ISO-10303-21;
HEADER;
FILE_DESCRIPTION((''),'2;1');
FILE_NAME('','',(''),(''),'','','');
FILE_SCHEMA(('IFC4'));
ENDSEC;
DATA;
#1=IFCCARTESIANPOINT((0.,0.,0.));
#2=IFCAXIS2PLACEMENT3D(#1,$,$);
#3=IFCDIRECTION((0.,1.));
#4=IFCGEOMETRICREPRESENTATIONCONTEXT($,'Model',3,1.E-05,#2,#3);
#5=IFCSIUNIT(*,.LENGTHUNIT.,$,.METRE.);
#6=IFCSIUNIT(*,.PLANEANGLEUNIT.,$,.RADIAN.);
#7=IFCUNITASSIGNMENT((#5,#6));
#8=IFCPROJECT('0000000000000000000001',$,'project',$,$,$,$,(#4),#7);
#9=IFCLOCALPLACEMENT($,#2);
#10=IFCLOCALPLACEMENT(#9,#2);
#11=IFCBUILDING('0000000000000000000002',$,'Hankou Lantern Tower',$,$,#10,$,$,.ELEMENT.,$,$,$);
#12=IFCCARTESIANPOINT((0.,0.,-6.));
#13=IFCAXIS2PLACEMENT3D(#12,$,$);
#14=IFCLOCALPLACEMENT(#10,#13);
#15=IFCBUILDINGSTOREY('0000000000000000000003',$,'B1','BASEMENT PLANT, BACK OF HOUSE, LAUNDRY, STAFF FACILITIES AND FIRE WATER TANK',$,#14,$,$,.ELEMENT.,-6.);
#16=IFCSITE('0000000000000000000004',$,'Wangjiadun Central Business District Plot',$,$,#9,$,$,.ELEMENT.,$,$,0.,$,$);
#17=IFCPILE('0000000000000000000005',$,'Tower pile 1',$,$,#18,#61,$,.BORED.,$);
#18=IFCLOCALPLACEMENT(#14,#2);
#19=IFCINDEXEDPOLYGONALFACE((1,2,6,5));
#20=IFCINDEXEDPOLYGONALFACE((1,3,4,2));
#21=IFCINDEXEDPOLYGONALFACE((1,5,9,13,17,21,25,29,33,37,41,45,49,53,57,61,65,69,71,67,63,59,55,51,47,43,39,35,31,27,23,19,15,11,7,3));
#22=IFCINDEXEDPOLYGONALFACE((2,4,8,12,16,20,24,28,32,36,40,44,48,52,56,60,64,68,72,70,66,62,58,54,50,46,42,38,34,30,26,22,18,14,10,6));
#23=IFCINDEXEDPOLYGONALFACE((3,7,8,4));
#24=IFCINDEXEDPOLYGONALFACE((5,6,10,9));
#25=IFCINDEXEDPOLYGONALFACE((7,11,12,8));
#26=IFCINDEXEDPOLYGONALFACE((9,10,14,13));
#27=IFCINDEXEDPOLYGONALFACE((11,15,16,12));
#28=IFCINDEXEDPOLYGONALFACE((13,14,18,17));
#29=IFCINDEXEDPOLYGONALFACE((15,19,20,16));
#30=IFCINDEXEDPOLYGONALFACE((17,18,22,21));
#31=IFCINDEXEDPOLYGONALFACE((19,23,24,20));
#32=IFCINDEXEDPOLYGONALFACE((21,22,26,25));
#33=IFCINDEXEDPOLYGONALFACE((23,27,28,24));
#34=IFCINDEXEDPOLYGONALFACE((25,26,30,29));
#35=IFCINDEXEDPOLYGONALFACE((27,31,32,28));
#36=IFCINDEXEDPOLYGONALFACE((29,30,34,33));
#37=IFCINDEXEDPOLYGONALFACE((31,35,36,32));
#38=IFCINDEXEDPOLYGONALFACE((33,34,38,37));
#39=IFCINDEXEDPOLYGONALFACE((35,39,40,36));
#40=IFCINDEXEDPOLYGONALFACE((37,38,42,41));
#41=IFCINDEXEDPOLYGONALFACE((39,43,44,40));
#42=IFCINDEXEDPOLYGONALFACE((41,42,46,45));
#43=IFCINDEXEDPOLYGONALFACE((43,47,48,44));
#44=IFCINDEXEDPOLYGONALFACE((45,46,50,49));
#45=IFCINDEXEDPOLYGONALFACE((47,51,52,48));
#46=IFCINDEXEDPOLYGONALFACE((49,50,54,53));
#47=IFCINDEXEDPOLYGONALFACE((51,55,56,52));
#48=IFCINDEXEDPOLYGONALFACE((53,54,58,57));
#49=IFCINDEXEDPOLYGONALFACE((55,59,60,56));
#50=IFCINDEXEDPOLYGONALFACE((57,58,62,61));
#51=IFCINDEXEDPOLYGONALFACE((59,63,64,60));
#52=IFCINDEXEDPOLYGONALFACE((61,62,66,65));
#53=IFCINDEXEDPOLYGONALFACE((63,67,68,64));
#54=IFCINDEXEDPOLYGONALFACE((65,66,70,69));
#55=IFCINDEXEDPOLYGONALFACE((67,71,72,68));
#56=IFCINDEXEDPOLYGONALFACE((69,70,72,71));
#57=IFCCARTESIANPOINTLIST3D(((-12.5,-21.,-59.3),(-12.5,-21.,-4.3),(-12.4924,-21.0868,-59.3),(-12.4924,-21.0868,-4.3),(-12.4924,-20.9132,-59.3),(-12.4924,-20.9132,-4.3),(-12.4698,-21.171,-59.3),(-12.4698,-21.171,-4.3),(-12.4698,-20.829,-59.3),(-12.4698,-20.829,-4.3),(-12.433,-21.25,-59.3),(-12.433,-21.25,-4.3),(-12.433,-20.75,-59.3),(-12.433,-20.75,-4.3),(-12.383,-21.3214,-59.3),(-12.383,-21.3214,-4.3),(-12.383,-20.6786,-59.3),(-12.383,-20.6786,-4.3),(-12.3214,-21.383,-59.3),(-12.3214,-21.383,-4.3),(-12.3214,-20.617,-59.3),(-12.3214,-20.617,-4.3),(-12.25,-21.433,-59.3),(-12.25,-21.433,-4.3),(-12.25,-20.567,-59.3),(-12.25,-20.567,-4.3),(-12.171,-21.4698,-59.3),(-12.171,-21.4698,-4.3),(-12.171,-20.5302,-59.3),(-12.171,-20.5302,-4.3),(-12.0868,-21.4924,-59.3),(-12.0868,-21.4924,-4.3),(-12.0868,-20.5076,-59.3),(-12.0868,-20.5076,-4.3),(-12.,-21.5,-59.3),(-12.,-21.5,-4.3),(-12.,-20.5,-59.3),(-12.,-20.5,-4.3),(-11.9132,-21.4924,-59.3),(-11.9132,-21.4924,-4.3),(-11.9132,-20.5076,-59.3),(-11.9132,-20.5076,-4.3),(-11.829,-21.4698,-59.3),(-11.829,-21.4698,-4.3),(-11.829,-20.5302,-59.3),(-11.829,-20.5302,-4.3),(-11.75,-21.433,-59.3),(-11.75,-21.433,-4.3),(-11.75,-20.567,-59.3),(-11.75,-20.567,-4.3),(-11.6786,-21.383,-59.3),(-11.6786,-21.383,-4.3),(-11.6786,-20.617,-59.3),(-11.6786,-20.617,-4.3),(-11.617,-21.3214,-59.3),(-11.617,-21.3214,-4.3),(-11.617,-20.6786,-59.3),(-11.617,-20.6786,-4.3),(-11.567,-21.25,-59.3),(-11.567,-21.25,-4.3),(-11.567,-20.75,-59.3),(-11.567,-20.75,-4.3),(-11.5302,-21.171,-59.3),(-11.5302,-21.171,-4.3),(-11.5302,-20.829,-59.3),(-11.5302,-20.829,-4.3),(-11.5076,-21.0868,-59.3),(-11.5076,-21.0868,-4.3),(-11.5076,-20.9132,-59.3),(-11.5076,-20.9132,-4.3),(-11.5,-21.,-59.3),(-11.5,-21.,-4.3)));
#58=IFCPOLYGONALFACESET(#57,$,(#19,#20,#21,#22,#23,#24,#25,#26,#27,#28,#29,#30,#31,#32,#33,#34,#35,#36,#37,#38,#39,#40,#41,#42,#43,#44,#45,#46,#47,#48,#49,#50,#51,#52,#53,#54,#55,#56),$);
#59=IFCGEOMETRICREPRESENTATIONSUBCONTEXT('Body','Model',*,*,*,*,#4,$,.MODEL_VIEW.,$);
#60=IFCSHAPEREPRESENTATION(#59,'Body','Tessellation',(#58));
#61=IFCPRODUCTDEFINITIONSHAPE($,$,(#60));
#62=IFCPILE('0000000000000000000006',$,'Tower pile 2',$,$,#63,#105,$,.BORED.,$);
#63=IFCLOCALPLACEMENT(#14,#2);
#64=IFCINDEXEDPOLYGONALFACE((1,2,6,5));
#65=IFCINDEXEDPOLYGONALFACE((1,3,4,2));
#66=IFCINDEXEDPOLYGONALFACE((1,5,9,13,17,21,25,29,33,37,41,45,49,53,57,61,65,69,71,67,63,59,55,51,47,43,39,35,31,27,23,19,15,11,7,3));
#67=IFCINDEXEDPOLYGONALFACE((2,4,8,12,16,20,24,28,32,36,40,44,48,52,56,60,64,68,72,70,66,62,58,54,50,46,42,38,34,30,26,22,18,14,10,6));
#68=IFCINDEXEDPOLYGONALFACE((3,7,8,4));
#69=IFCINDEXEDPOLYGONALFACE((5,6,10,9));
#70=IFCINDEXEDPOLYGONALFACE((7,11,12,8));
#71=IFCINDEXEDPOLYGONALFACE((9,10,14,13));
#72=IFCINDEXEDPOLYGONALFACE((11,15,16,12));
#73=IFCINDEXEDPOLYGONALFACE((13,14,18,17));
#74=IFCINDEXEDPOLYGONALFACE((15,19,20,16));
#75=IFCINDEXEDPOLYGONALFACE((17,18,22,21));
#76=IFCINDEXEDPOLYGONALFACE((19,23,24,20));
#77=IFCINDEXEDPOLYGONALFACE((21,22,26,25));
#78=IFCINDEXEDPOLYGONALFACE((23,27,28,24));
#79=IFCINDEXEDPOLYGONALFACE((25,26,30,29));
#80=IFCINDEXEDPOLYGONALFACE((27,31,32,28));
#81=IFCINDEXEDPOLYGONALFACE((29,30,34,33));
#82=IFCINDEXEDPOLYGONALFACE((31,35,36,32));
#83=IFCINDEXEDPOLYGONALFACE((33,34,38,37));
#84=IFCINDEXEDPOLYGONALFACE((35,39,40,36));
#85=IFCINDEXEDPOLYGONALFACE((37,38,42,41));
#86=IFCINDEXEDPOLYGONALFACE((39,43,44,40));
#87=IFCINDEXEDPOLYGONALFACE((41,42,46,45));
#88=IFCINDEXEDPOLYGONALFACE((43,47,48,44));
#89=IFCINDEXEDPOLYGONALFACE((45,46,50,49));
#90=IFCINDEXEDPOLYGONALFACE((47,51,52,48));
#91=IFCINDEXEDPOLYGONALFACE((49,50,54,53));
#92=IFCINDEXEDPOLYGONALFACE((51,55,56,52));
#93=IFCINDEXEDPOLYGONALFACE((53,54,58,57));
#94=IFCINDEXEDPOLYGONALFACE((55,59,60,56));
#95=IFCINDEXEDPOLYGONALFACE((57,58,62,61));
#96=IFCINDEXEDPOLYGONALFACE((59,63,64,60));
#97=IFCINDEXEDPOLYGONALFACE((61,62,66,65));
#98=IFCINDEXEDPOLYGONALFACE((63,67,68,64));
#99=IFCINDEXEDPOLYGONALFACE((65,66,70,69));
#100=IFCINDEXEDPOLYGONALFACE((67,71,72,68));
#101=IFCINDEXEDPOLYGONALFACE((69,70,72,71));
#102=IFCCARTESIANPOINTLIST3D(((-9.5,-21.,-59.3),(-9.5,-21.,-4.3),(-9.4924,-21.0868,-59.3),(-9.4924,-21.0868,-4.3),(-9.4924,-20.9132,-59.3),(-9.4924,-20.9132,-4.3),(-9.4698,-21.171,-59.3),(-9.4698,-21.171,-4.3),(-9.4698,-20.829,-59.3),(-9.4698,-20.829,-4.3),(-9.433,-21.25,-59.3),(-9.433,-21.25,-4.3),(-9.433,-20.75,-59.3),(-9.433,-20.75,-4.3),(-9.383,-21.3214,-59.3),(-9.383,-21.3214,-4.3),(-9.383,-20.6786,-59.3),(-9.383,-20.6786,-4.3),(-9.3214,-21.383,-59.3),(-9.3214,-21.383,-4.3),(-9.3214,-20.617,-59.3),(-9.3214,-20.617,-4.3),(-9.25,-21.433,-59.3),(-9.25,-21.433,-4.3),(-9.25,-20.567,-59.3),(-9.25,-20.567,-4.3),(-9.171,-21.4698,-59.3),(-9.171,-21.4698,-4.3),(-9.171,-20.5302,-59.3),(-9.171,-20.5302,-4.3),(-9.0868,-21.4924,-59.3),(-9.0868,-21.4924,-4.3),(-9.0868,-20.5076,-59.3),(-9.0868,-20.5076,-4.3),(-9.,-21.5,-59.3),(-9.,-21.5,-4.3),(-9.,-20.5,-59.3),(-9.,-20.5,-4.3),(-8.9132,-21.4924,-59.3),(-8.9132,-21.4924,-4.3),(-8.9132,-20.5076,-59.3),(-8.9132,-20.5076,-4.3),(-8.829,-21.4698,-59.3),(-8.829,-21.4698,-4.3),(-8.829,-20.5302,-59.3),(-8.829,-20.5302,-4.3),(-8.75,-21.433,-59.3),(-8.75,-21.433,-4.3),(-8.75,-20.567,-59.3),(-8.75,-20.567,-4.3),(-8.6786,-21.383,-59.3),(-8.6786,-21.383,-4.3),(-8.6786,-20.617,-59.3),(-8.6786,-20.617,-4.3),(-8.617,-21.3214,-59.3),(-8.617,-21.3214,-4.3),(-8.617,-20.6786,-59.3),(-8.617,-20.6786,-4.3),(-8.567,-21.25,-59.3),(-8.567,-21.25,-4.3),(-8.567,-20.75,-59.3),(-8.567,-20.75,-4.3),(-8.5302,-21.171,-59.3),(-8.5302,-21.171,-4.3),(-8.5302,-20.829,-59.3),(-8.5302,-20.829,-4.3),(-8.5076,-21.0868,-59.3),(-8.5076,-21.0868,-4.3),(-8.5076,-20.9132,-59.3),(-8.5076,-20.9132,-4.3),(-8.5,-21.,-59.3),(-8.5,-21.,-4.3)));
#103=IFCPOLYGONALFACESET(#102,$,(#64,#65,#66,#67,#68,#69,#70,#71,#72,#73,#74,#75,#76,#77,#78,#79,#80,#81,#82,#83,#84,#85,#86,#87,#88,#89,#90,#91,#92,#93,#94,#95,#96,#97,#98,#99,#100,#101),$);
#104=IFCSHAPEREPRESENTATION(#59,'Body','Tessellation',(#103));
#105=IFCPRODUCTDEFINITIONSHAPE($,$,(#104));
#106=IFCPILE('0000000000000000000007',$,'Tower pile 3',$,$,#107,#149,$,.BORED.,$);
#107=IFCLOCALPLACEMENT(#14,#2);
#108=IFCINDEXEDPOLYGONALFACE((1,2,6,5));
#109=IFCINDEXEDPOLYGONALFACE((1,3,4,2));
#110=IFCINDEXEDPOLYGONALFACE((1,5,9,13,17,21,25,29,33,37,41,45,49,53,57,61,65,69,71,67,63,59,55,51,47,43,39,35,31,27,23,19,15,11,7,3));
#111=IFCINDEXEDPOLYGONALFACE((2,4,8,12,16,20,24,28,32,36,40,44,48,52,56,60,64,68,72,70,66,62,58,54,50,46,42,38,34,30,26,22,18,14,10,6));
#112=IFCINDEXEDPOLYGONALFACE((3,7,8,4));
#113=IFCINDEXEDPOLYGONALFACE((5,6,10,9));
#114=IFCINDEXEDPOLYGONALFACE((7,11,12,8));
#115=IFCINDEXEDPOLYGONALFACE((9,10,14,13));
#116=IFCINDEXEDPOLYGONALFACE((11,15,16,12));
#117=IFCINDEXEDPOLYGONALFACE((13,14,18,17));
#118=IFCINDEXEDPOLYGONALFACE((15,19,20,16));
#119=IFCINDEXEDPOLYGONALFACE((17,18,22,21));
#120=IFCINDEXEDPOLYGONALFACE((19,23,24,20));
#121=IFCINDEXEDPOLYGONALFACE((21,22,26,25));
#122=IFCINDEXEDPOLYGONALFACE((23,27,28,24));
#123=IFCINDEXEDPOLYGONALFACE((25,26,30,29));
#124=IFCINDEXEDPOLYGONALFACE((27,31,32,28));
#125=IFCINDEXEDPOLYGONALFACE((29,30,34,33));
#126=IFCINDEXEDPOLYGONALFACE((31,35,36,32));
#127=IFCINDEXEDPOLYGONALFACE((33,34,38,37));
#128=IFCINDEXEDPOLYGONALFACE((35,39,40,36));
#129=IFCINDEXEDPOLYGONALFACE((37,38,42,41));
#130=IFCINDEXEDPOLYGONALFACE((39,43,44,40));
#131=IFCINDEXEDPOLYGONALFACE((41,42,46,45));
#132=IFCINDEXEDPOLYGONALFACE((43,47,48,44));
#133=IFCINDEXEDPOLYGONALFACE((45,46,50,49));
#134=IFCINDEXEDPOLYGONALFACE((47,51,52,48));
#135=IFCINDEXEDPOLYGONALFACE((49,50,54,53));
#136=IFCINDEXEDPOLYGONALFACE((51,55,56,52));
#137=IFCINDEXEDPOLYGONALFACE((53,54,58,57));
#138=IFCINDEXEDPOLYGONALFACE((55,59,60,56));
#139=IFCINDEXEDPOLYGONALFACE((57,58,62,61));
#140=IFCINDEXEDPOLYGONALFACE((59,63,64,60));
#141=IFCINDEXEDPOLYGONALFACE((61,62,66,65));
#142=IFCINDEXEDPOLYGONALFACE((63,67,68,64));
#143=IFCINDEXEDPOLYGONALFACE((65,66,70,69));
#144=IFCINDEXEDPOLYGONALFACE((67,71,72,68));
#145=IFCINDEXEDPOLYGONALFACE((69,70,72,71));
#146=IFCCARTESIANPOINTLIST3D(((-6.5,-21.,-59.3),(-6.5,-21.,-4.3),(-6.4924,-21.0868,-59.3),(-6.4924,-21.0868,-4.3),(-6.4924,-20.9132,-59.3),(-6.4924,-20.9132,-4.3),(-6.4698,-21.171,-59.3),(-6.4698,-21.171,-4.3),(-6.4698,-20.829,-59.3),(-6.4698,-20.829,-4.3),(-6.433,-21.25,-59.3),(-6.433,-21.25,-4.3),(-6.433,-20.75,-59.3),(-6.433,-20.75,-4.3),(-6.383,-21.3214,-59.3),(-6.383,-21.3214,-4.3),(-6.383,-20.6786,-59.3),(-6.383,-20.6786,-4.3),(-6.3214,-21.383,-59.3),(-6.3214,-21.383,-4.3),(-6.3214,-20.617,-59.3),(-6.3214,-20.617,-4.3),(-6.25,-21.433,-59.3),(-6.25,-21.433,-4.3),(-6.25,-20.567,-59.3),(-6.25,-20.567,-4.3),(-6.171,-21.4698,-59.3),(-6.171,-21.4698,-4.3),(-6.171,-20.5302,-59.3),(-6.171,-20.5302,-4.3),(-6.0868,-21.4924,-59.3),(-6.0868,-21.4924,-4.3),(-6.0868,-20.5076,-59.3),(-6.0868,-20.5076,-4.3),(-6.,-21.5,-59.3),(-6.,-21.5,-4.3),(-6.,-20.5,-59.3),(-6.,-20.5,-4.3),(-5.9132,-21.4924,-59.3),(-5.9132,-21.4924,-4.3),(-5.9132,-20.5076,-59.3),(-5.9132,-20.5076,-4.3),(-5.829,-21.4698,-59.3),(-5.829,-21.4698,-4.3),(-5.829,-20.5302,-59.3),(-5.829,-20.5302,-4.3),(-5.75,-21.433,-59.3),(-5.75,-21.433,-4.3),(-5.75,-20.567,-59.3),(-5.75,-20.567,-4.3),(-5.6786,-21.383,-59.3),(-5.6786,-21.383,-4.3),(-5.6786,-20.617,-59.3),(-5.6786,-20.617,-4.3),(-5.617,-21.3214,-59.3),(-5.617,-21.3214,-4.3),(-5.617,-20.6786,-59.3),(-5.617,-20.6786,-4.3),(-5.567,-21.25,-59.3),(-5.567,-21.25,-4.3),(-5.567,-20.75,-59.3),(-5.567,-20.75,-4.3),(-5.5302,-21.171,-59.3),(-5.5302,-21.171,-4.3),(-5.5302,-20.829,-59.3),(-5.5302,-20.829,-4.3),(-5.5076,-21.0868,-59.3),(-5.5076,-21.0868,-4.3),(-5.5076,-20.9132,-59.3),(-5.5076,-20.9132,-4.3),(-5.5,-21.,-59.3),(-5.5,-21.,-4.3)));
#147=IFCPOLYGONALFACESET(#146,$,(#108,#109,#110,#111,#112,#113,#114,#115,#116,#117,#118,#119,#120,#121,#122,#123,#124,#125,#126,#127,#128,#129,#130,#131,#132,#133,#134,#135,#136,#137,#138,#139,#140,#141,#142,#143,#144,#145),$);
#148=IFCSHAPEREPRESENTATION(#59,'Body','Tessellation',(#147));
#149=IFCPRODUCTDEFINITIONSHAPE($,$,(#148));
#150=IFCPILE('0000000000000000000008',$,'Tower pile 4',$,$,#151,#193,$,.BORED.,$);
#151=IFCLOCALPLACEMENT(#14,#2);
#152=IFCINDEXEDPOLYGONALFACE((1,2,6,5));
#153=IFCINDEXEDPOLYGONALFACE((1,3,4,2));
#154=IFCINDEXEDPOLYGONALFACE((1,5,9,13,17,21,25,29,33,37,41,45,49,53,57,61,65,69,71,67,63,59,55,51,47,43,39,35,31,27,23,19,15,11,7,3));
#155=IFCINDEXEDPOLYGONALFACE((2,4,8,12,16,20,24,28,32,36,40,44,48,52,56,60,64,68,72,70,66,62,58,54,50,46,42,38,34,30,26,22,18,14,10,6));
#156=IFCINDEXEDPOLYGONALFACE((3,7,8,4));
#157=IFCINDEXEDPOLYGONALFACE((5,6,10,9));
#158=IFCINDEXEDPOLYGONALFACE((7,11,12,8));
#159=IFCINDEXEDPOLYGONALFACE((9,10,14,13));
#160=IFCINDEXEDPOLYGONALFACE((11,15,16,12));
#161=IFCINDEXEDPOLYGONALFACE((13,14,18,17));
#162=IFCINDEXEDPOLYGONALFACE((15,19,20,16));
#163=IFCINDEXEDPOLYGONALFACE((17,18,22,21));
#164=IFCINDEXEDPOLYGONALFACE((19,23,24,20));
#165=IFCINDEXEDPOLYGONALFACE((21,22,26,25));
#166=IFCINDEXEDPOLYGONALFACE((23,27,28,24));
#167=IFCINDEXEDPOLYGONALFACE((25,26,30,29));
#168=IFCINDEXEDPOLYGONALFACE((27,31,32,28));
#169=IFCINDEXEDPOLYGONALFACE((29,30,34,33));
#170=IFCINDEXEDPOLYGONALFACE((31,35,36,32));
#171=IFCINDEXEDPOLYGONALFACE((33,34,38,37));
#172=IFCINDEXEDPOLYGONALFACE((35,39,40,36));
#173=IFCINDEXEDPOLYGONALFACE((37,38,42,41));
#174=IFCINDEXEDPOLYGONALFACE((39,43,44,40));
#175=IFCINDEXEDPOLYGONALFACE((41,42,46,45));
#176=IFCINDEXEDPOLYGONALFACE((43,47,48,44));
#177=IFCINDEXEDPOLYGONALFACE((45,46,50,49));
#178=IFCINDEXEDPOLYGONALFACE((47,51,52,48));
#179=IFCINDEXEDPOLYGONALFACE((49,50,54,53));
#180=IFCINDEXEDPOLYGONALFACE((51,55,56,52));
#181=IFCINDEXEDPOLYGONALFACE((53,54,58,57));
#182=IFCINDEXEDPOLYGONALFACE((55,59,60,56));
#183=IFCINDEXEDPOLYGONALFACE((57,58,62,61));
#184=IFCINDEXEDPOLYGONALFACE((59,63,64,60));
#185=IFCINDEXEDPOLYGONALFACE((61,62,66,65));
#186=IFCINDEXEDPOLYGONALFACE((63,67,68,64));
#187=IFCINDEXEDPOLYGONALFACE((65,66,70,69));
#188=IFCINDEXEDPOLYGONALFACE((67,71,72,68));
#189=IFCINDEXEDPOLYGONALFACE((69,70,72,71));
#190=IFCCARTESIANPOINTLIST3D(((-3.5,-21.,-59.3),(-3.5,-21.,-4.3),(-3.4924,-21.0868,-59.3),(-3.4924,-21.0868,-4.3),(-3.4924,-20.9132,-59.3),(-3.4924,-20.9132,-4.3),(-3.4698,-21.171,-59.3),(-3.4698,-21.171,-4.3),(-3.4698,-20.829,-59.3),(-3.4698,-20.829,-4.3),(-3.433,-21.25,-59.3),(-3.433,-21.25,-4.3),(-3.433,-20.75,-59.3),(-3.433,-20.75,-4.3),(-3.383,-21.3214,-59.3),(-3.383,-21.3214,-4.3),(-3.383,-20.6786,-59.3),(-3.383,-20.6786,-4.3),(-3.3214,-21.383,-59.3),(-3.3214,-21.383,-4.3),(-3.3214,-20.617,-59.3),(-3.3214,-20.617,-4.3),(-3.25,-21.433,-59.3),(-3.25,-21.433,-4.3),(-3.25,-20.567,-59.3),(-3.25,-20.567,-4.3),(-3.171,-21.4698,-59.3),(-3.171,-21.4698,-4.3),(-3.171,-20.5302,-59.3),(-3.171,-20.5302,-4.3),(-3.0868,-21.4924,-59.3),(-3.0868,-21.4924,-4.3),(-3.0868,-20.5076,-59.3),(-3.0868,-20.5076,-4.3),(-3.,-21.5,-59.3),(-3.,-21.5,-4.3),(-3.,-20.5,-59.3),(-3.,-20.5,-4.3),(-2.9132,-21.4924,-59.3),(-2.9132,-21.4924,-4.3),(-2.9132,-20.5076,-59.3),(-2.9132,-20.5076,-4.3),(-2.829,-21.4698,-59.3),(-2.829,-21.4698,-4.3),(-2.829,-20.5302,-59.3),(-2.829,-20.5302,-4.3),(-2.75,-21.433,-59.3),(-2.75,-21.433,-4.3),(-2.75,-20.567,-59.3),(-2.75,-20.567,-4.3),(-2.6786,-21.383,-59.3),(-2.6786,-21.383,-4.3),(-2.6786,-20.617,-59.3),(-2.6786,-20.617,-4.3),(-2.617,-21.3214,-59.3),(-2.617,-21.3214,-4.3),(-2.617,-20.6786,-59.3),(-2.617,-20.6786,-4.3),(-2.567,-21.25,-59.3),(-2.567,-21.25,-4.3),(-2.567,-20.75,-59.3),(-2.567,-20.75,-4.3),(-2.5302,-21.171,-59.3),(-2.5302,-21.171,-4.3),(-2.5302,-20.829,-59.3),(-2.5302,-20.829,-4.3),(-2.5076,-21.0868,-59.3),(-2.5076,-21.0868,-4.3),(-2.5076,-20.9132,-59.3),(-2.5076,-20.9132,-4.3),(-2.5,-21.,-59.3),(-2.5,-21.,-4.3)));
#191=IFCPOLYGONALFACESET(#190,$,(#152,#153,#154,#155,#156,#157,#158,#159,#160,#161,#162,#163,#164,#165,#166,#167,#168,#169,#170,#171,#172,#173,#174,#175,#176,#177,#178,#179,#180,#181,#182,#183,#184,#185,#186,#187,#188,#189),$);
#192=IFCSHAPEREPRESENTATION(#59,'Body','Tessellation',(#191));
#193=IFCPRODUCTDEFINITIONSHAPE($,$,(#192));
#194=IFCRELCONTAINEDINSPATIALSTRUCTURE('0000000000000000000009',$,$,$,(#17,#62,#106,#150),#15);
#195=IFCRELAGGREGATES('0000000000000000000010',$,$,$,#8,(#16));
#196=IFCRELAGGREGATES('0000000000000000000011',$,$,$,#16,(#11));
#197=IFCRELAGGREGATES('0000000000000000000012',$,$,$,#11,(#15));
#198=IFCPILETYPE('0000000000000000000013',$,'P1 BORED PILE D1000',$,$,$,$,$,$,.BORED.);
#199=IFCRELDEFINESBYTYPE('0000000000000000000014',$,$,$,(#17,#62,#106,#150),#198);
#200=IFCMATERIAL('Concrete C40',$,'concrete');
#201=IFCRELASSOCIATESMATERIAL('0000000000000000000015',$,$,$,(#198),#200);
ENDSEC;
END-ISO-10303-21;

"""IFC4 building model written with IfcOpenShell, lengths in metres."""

from ifc_helpers import new_model, si_unit, direction, frame, origin, origin_2d, place, context, subcontext, project, spatial, circle, extrude, material, material_profile, profile_set, type_object, element, save


model = new_model("IFC4")

# Units and contexts
model_context = context("Model", 3, precision=1e-05, world=origin(), true_north=direction((0.0, 1.0)))
body_context = subcontext(model_context, "Body", "Model", "MODEL_VIEW")
ifc_project = project(units=[si_unit("LENGTHUNIT", "METRE"), si_unit("PLANEANGLEUNIT", "RADIAN")], contexts=[model_context])

# Site, building, storey
site_placement = place(None, origin())
site = spatial("IfcSite", under=ifc_project, at=site_placement, Name="Wangjiadun Central Business District Plot", CompositionType="ELEMENT", RefElevation=0.0)
building_placement = place(site_placement, origin())
building = spatial("IfcBuilding", under=site, at=building_placement, Name="Hankou Lantern Tower", CompositionType="ELEMENT")
storey_placement = place(building_placement, frame((0.0, 0.0, -6.0)))
storey = spatial("IfcBuildingStorey", under=building, at=storey_placement, Name="B1", Description="BASEMENT PLANT, BACK OF HOUSE, LAUNDRY, STAFF FACILITIES AND FIRE WATER TANK", CompositionType="ELEMENT", Elevation=-6.0)

# Piles
ifc_material_1 = material(Name="Concrete C40", Category="concrete")
ifc_material_profile_1 = material_profile(ifc_material_1, circle(Radius=0.5, at=origin_2d()), Name="RC D1000")
ifc_profile_set_1 = profile_set([ifc_material_profile_1], Name="Concrete C40")
pile_type_1 = type_object("IfcPileType", Name="P1 BORED PILE D1000", PredefinedType="BORED", material=ifc_profile_set_1)
for number, where, z_axis, x_axis, name in (
    (1, (-12.0, -21.0, -4.3), (0.0, 0.0, -1.0), (1.0, 0.0, 0.0), "Tower pile 1"),
    (2, (-9.0, -21.0, -4.3), (0.0, 0.0, -1.0), (1.0, 0.0, 0.0), "Tower pile 2"),
    (3, (-6.0, -21.0, -4.3), (0.0, 0.0, -1.0), (1.0, 0.0, 0.0), "Tower pile 3"),
    (4, (-3.0, -21.0, -4.3), (0.0, 0.0, -1.0), (1.0, 0.0, 0.0), "Tower pile 4"),
):
    element("IfcPile", number, at=place(storey_placement, frame(where, z_axis=z_axis, x_axis=x_axis)), inside=storey, type_object=pile_type_1, Name=name, PredefinedType="BORED", context=body_context, shape_type="SweptSolid", body=[
        extrude(circle(Radius=0.5, at=origin_2d()), origin(), (0.0, 0.0, 1.0), 55.0),
    ])

save(model, "model.ifc")
